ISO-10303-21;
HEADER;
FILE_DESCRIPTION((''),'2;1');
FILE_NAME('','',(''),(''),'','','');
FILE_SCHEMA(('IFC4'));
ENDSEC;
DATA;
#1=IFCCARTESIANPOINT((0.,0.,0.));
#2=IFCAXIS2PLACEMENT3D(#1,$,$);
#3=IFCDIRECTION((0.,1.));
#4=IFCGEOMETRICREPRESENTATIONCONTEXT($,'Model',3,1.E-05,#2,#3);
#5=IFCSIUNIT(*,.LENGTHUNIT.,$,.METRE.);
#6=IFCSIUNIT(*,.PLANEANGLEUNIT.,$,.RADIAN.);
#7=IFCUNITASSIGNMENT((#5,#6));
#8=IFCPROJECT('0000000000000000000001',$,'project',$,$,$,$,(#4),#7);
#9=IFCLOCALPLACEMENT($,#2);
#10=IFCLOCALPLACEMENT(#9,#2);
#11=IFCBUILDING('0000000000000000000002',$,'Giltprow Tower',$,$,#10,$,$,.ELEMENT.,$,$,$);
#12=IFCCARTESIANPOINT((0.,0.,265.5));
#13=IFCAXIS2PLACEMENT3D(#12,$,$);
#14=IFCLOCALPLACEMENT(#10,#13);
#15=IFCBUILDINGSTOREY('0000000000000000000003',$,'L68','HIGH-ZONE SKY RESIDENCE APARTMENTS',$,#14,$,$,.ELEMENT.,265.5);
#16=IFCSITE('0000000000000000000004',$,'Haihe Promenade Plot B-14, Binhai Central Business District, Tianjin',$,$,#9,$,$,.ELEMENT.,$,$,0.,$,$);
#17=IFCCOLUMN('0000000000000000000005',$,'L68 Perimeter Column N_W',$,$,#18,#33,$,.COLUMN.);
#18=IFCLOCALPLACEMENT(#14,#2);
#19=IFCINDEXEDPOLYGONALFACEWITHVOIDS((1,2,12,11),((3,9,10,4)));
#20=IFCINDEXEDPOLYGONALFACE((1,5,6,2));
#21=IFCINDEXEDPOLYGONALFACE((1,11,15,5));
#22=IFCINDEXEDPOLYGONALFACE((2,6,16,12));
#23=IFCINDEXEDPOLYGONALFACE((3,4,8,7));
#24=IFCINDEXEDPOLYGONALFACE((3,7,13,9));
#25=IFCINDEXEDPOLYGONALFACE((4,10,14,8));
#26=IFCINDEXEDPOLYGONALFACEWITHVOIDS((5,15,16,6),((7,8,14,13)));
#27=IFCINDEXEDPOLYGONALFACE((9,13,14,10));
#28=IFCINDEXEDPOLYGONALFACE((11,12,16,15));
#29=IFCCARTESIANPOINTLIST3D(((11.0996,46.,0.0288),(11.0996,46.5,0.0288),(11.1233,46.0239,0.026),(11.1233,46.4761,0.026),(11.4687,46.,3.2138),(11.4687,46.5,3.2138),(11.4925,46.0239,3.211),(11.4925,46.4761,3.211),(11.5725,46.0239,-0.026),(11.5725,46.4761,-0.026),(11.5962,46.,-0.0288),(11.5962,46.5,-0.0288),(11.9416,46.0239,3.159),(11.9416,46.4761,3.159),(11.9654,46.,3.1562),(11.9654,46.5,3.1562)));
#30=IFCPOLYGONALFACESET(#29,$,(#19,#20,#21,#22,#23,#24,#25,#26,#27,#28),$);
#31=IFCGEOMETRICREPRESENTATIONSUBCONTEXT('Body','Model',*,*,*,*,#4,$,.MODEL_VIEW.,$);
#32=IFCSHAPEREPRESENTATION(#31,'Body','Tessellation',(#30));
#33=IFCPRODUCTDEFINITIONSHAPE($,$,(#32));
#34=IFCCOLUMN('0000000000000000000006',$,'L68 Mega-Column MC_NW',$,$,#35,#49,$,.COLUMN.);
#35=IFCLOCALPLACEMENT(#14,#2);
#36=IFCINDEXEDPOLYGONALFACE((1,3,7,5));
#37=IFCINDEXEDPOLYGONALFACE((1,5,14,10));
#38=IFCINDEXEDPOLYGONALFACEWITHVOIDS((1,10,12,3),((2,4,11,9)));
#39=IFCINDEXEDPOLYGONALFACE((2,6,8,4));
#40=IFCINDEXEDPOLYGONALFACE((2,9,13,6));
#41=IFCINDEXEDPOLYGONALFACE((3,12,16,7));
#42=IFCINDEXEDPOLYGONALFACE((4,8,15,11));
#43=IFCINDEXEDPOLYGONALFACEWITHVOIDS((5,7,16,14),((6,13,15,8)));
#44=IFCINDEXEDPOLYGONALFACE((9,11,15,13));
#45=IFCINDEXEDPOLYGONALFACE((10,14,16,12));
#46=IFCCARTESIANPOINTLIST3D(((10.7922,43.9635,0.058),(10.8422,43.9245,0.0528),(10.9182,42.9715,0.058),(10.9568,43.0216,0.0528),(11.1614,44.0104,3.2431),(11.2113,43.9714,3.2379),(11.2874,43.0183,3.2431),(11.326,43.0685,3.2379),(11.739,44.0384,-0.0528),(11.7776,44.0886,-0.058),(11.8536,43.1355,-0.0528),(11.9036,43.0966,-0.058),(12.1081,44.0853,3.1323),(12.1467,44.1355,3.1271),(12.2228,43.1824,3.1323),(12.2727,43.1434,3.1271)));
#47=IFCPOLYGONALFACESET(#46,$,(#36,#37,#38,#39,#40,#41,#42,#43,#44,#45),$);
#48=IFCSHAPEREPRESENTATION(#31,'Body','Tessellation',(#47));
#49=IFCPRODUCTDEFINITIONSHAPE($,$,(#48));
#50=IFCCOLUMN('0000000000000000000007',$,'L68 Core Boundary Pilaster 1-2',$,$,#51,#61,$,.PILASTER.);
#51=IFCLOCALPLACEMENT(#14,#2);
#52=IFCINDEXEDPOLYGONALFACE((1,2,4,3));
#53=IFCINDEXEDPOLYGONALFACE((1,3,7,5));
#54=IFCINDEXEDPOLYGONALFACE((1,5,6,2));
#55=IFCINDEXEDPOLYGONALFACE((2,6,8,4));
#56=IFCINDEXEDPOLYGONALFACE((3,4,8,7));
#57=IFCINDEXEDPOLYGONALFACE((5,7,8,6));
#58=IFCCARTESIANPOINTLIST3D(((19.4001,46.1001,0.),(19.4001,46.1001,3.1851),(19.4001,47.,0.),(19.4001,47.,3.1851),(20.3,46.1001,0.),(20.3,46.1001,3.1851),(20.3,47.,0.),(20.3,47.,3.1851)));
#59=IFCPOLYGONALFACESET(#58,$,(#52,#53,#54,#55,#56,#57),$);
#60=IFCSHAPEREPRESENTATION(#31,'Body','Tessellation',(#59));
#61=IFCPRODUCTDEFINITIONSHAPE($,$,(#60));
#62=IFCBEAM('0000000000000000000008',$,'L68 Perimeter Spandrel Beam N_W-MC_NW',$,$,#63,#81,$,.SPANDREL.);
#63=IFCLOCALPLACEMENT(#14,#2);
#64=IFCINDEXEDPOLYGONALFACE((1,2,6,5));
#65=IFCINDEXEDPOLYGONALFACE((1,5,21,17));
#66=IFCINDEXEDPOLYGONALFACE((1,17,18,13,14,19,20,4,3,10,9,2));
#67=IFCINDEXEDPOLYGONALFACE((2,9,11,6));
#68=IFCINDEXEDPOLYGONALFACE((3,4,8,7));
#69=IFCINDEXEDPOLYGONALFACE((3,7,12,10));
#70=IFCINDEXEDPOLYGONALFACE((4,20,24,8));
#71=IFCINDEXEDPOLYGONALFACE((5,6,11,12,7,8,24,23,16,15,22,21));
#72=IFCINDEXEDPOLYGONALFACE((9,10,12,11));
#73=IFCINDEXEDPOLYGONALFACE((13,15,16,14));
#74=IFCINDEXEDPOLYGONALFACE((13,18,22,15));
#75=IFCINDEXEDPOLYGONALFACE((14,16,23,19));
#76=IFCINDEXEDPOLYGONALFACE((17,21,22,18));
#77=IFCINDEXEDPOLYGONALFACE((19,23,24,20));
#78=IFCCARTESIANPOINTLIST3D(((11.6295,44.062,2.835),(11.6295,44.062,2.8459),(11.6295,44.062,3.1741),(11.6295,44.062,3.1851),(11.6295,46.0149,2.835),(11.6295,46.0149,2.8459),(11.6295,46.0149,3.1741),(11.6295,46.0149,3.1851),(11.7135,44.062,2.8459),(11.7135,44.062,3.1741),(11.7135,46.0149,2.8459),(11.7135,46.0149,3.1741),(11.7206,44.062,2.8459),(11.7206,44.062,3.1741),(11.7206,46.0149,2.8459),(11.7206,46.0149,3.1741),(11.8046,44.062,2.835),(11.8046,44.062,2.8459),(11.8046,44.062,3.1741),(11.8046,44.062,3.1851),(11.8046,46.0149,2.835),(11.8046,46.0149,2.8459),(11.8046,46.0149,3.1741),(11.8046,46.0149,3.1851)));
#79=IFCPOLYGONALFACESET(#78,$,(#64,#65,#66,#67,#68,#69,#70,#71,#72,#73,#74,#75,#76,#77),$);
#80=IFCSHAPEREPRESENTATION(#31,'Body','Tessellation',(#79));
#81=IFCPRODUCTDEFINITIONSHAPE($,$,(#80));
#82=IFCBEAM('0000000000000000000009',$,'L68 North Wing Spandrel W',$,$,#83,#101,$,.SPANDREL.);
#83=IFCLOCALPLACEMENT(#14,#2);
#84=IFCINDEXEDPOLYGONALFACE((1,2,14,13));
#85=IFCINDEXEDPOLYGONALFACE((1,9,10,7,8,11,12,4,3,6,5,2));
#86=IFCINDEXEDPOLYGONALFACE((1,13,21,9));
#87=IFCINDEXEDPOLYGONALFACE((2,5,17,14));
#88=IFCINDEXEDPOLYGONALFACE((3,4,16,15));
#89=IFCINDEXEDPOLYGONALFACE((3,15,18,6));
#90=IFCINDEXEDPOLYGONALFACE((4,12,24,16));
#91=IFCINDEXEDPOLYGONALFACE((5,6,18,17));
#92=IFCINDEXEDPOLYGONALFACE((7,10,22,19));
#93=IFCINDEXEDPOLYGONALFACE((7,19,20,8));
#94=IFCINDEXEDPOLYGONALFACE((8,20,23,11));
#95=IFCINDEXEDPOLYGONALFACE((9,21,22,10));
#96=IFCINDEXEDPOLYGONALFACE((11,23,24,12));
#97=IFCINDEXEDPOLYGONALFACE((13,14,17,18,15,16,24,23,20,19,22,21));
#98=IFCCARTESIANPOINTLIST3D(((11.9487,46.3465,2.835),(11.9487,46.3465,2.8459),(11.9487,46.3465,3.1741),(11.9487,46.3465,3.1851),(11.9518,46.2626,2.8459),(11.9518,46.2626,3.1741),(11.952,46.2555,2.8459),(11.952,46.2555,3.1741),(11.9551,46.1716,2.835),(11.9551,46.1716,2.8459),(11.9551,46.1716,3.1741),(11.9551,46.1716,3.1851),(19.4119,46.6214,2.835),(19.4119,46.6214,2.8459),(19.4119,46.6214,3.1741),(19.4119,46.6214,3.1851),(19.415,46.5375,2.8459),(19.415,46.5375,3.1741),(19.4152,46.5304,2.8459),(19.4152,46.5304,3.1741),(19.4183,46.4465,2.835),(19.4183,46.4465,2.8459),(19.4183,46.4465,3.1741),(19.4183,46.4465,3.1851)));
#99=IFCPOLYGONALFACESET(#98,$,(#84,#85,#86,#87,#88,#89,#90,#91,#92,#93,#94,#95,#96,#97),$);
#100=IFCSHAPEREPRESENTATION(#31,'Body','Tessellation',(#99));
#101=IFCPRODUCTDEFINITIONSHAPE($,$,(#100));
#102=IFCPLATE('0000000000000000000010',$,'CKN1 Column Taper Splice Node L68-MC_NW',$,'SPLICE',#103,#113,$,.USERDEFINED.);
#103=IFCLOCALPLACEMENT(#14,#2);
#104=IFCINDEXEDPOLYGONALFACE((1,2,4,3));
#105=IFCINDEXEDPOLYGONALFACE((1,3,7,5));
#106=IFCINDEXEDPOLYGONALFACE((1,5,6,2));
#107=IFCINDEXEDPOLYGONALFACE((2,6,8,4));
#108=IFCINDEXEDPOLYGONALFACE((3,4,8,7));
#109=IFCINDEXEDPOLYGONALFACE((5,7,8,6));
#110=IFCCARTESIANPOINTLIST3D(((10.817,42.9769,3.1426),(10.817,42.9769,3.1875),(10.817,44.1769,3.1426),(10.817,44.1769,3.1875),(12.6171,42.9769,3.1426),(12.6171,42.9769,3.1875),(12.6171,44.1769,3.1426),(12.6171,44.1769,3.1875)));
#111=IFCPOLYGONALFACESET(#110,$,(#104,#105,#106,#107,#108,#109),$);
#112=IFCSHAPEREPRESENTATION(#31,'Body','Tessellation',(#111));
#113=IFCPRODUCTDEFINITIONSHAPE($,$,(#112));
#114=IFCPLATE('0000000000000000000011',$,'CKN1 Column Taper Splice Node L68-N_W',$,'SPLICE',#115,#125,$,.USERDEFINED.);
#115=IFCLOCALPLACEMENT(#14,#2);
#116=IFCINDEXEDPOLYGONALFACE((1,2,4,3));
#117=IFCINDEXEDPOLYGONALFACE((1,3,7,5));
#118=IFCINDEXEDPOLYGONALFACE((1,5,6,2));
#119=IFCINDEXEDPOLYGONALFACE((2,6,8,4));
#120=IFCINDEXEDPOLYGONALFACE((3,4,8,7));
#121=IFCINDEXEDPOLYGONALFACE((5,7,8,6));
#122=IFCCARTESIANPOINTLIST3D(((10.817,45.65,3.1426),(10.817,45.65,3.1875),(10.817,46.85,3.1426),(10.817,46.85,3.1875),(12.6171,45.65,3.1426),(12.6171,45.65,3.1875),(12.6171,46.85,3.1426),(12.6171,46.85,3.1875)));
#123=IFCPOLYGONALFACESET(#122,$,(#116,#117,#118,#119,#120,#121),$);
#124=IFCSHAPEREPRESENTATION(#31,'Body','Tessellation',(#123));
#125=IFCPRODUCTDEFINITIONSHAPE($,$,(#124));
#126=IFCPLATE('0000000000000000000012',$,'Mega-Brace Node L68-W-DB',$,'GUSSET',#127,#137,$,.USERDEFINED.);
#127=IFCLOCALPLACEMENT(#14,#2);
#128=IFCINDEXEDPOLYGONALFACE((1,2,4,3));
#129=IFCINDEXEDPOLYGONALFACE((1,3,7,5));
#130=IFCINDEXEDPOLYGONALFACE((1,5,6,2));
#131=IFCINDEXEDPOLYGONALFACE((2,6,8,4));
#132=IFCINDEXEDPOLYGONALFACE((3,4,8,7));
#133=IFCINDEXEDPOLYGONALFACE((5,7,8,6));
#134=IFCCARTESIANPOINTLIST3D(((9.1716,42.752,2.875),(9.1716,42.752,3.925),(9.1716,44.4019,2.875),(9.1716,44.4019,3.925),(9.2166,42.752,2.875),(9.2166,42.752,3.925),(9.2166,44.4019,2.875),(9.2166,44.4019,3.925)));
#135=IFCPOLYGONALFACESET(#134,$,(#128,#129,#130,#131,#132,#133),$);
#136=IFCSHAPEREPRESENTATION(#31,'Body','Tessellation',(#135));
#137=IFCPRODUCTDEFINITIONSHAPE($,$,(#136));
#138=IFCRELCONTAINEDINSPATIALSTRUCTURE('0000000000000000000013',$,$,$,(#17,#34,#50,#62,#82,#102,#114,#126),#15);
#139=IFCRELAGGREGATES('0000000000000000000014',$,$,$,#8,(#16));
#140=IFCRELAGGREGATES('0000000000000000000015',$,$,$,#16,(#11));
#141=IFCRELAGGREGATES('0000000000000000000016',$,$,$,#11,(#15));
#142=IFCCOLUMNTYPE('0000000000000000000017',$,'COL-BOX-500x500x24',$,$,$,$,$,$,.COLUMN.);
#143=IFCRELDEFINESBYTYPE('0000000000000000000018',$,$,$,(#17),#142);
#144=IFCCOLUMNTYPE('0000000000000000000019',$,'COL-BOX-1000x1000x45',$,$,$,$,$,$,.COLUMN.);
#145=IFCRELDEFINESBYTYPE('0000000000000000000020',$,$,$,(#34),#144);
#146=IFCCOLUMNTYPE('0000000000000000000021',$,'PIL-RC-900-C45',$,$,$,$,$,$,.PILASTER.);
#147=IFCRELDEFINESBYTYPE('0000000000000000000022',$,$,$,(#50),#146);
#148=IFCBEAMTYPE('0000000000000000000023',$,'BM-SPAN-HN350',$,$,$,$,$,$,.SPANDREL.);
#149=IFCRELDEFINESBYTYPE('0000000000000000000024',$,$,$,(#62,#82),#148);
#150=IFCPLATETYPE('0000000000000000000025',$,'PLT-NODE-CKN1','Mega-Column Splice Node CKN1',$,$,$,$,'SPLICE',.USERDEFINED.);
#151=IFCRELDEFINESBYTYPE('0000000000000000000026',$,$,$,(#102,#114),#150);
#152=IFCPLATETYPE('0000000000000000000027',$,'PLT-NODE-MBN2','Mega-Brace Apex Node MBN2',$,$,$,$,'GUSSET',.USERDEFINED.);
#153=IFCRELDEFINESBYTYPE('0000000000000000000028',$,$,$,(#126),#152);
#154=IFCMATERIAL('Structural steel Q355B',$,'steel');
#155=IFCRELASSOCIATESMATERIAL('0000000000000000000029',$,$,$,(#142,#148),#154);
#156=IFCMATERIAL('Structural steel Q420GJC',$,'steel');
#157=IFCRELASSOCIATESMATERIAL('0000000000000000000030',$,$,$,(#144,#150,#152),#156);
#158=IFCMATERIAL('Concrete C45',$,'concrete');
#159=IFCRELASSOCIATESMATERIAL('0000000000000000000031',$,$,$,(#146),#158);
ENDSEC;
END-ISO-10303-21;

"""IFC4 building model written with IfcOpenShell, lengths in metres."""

from ifc_helpers import new_model, si_unit, direction, frame, origin, origin_2d, place, context, subcontext, project, spatial, rectangle, hollow_rectangle, i_section, extrude, source, transform, mapped, material, material_profile, profile_set, type_object, element, save


model = new_model("IFC4")

# Units and contexts
model_context = context("Model", 3, precision=1e-05, world=origin(), true_north=direction((0.0, 1.0)))
body_context = subcontext(model_context, "Body", "Model", "MODEL_VIEW")
ifc_project = project(units=[si_unit("LENGTHUNIT", "METRE"), si_unit("PLANEANGLEUNIT", "RADIAN")], contexts=[model_context])

# Site, building, storey
site_placement = place(None, origin())
site = spatial("IfcSite", under=ifc_project, at=site_placement, Name="Haihe Promenade Plot B-14, Binhai Central Business District, Tianjin", CompositionType="ELEMENT", RefElevation=0.0)
building_placement = place(site_placement, origin())
building = spatial("IfcBuilding", under=site, at=building_placement, Name="Giltprow Tower", CompositionType="ELEMENT")
storey_placement = place(building_placement, frame((0.0, 0.0, 265.5)))
storey = spatial("IfcBuildingStorey", under=building, at=storey_placement, Name="L68", Description="HIGH-ZONE SKY RESIDENCE APARTMENTS", CompositionType="ELEMENT", Elevation=265.5)

# Columns
ifc_material_1 = material(Name="Structural steel Q355B", Category="steel")
ifc_material_profile_1 = material_profile(ifc_material_1, hollow_rectangle(XDim=0.5, YDim=0.5, WallThickness=0.0239, at=origin_2d()), Name="BOX 500x500x24")
ifc_profile_set_1 = profile_set([ifc_material_profile_1], Name="Structural steel Q355B")
column_type_1 = type_object("IfcColumnType", Name="COL-BOX-500x500x24", PredefinedType="COLUMN", material=ifc_profile_set_1)
shared_shape_1 = source(origin(), body_context, "Body", "SweptSolid", [
    extrude(hollow_rectangle(XDim=0.5, YDim=0.5, WallThickness=0.0239, at=origin_2d()), origin(), (0.0, 0.0, 1.0), 3.2063),
])
column_1_placement = place(storey_placement, frame((11.3479, 46.25, 0.0), z_axis=(0.115127, 0.0, 0.993351), x_axis=(0.0, 1.0, 0.0)))
element("IfcColumn", 1, at=column_1_placement, inside=storey, type_object=column_type_1, Name="L68 Perimeter Column N_W", PredefinedType="COLUMN", context=body_context, shape_type="MappedRepresentation", body=[
    mapped(shared_shape_1, transform((0.0, 0.0, 0.0), x_axis=(1.0, 0.0, 0.0), y_axis=(0.0, 1.0, 0.0), z_axis=(0.0, 0.0, 1.0), scale=1.0)),
])
ifc_material_2 = material(Name="Structural steel Q420GJC", Category="steel")
ifc_material_profile_2 = material_profile(ifc_material_2, hollow_rectangle(XDim=1.0, YDim=1.0, WallThickness=0.0449, at=origin_2d()), Name="BOX 1000x1000x45")
ifc_profile_set_2 = profile_set([ifc_material_profile_2], Name="Structural steel Q420GJC")
column_type_2 = type_object("IfcColumnType", Name="COL-BOX-1000x1000x45", PredefinedType="COLUMN", material=ifc_profile_set_2)
shared_shape_2 = source(origin(), body_context, "Body", "SweptSolid", [
    extrude(hollow_rectangle(XDim=1.0, YDim=1.0, WallThickness=0.0449, at=origin_2d()), origin(), (0.0, 0.0, 1.0), 3.2068),
])
column_2_placement = place(storey_placement, frame((11.3479, 43.53, 0.0), z_axis=(0.115115, 0.014618, 0.993245), x_axis=(-0.125973, 0.992034, 0.0)))
element("IfcColumn", 2, at=column_2_placement, inside=storey, type_object=column_type_2, Name="L68 Mega-Column MC_NW", PredefinedType="COLUMN", context=body_context, shape_type="MappedRepresentation", body=[
    mapped(shared_shape_2, transform((0.0, 0.0, 0.0), x_axis=(1.0, 0.0, 0.0), y_axis=(0.0, 1.0, 0.0), z_axis=(0.0, 0.0, 1.0), scale=1.0)),
])
ifc_material_3 = material(Name="Concrete C45", Category="concrete")
ifc_material_profile_3 = material_profile(ifc_material_3, rectangle(XDim=0.8999, YDim=0.8999, at=origin_2d()), Name="RC 900x900")
ifc_profile_set_3 = profile_set([ifc_material_profile_3], Name="Concrete C45")
column_type_3 = type_object("IfcColumnType", Name="PIL-RC-900-C45", PredefinedType="PILASTER", material=ifc_profile_set_3)
shared_shape_3 = source(origin(), body_context, "Body", "SweptSolid", [
    extrude(rectangle(XDim=0.8999, YDim=0.8999, at=origin_2d()), origin(), (0.0, 0.0, 1.0), 3.1851),
])
column_3_placement = place(storey_placement, frame((19.8501, 46.55, 0.0), z_axis=(0.0, 0.0, 1.0), x_axis=(1.0, 0.0, 0.0)))
element("IfcColumn", 3, at=column_3_placement, inside=storey, type_object=column_type_3, Name="L68 Core Boundary Pilaster 1-2", PredefinedType="PILASTER", context=body_context, shape_type="MappedRepresentation", body=[
    mapped(shared_shape_3, transform((0.0, 0.0, 0.0), x_axis=(1.0, 0.0, 0.0), y_axis=(0.0, 1.0, 0.0), z_axis=(0.0, 0.0, 1.0), scale=1.0)),
])

# Beams
ifc_material_profile_4 = material_profile(ifc_material_1, i_section(OverallWidth=0.175, OverallDepth=0.3501, WebThickness=0.0071, FlangeThickness=0.011, at=origin_2d()), Name="HN 350x175x7x11")
ifc_profile_set_4 = profile_set([ifc_material_profile_4], Name="Structural steel Q355B")
beam_type = type_object("IfcBeamType", Name="BM-SPAN-HN350", PredefinedType="SPANDREL", material=ifc_profile_set_4)
shared_shape_4 = source(origin(), body_context, "Body", "SweptSolid", [
    extrude(i_section(OverallWidth=0.175, OverallDepth=0.3501, WebThickness=0.0071, FlangeThickness=0.011, at=origin_2d()), origin(), (0.0, 0.0, 1.0), 1.9529),
])
beam_1_placement = place(storey_placement, frame((11.717, 46.0149, 3.01), z_axis=(0.0, -1.0, 0.0), x_axis=(1.0, 0.0, 0.0)))
element("IfcBeam", 4, at=beam_1_placement, inside=storey, type_object=beam_type, Name="L68 Perimeter Spandrel Beam N_W-MC_NW", PredefinedType="SPANDREL", context=body_context, shape_type="MappedRepresentation", body=[
    mapped(shared_shape_4, transform((0.0, 0.0, 0.0), x_axis=(1.0, 0.0, 0.0), y_axis=(0.0, 1.0, 0.0), z_axis=(0.0, 0.0, 1.0), scale=1.0)),
])
shared_shape_5 = source(origin(), body_context, "Body", "SweptSolid", [
    extrude(i_section(OverallWidth=0.175, OverallDepth=0.3501, WebThickness=0.0071, FlangeThickness=0.011, at=origin_2d()), origin(), (0.0, 0.0, 1.0), 7.4683),
])
beam_2_placement = place(storey_placement, frame((11.9519, 46.259, 3.01), z_axis=(0.999322, 0.03681, 0.0), x_axis=(-0.03681, 0.999322, 0.0)))
element("IfcBeam", 5, at=beam_2_placement, inside=storey, type_object=beam_type, Name="L68 North Wing Spandrel W", PredefinedType="SPANDREL", context=body_context, shape_type="MappedRepresentation", body=[
    mapped(shared_shape_5, transform((0.0, 0.0, 0.0), x_axis=(1.0, 0.0, 0.0), y_axis=(0.0, 1.0, 0.0), z_axis=(0.0, 0.0, 1.0), scale=1.0)),
])

# Plates
plate_type_1 = type_object("IfcPlateType", Name="PLT-NODE-CKN1", Description="Mega-Column Splice Node CKN1", ElementType="SPLICE", PredefinedType="USERDEFINED", material=ifc_material_2)
shared_shape_6 = source(origin(), body_context, "Body", "SweptSolid", [
    extrude(rectangle(XDim=1.8, YDim=1.2, at=origin_2d()), origin(), (0.0, 0.0, 1.0), 0.0449),
])
for number, where, z_axis, x_axis, name in (
    (6, (11.717, 43.5769, 3.1426), (0.0, 0.0, 1.0), (1.0, 0.0, 0.0), "CKN1 Column Taper Splice Node L68-MC_NW"),
    (7, (11.717, 46.25, 3.1426), (0.0, 0.0, 1.0), (1.0, 0.0, 0.0), "CKN1 Column Taper Splice Node L68-N_W"),
):
    element("IfcPlate", number, at=place(storey_placement, frame(where, z_axis=z_axis, x_axis=x_axis)), inside=storey, type_object=plate_type_1, Name=name, ObjectType="SPLICE", PredefinedType="USERDEFINED", context=body_context, shape_type="MappedRepresentation", body=[
        mapped(shared_shape_6, transform((0.0, 0.0, 0.0), x_axis=(1.0, 0.0, 0.0), y_axis=(0.0, 1.0, 0.0), z_axis=(0.0, 0.0, 1.0), scale=1.0)),
    ])
plate_type_2 = type_object("IfcPlateType", Name="PLT-NODE-MBN2", Description="Mega-Brace Apex Node MBN2", ElementType="GUSSET", PredefinedType="USERDEFINED", material=ifc_material_2)
shared_shape_7 = source(origin(), body_context, "Body", "SweptSolid", [
    extrude(rectangle(XDim=1.6499, YDim=0.0449, at=origin_2d()), origin(), (0.0, 0.0, 1.0), 1.05),
])
plate_placement = place(storey_placement, frame((9.1941, 43.5769, 2.875), z_axis=(0.0, 0.0, 1.0), x_axis=(0.0, 1.0, 0.0)))
element("IfcPlate", 8, at=plate_placement, inside=storey, type_object=plate_type_2, Name="Mega-Brace Node L68-W-DB", ObjectType="GUSSET", PredefinedType="USERDEFINED", context=body_context, shape_type="MappedRepresentation", body=[
    mapped(shared_shape_7, transform((0.0, 0.0, 0.0), x_axis=(1.0, 0.0, 0.0), y_axis=(0.0, 1.0, 0.0), z_axis=(0.0, 0.0, 1.0), scale=1.0)),
])

save(model, "model.ifc")
